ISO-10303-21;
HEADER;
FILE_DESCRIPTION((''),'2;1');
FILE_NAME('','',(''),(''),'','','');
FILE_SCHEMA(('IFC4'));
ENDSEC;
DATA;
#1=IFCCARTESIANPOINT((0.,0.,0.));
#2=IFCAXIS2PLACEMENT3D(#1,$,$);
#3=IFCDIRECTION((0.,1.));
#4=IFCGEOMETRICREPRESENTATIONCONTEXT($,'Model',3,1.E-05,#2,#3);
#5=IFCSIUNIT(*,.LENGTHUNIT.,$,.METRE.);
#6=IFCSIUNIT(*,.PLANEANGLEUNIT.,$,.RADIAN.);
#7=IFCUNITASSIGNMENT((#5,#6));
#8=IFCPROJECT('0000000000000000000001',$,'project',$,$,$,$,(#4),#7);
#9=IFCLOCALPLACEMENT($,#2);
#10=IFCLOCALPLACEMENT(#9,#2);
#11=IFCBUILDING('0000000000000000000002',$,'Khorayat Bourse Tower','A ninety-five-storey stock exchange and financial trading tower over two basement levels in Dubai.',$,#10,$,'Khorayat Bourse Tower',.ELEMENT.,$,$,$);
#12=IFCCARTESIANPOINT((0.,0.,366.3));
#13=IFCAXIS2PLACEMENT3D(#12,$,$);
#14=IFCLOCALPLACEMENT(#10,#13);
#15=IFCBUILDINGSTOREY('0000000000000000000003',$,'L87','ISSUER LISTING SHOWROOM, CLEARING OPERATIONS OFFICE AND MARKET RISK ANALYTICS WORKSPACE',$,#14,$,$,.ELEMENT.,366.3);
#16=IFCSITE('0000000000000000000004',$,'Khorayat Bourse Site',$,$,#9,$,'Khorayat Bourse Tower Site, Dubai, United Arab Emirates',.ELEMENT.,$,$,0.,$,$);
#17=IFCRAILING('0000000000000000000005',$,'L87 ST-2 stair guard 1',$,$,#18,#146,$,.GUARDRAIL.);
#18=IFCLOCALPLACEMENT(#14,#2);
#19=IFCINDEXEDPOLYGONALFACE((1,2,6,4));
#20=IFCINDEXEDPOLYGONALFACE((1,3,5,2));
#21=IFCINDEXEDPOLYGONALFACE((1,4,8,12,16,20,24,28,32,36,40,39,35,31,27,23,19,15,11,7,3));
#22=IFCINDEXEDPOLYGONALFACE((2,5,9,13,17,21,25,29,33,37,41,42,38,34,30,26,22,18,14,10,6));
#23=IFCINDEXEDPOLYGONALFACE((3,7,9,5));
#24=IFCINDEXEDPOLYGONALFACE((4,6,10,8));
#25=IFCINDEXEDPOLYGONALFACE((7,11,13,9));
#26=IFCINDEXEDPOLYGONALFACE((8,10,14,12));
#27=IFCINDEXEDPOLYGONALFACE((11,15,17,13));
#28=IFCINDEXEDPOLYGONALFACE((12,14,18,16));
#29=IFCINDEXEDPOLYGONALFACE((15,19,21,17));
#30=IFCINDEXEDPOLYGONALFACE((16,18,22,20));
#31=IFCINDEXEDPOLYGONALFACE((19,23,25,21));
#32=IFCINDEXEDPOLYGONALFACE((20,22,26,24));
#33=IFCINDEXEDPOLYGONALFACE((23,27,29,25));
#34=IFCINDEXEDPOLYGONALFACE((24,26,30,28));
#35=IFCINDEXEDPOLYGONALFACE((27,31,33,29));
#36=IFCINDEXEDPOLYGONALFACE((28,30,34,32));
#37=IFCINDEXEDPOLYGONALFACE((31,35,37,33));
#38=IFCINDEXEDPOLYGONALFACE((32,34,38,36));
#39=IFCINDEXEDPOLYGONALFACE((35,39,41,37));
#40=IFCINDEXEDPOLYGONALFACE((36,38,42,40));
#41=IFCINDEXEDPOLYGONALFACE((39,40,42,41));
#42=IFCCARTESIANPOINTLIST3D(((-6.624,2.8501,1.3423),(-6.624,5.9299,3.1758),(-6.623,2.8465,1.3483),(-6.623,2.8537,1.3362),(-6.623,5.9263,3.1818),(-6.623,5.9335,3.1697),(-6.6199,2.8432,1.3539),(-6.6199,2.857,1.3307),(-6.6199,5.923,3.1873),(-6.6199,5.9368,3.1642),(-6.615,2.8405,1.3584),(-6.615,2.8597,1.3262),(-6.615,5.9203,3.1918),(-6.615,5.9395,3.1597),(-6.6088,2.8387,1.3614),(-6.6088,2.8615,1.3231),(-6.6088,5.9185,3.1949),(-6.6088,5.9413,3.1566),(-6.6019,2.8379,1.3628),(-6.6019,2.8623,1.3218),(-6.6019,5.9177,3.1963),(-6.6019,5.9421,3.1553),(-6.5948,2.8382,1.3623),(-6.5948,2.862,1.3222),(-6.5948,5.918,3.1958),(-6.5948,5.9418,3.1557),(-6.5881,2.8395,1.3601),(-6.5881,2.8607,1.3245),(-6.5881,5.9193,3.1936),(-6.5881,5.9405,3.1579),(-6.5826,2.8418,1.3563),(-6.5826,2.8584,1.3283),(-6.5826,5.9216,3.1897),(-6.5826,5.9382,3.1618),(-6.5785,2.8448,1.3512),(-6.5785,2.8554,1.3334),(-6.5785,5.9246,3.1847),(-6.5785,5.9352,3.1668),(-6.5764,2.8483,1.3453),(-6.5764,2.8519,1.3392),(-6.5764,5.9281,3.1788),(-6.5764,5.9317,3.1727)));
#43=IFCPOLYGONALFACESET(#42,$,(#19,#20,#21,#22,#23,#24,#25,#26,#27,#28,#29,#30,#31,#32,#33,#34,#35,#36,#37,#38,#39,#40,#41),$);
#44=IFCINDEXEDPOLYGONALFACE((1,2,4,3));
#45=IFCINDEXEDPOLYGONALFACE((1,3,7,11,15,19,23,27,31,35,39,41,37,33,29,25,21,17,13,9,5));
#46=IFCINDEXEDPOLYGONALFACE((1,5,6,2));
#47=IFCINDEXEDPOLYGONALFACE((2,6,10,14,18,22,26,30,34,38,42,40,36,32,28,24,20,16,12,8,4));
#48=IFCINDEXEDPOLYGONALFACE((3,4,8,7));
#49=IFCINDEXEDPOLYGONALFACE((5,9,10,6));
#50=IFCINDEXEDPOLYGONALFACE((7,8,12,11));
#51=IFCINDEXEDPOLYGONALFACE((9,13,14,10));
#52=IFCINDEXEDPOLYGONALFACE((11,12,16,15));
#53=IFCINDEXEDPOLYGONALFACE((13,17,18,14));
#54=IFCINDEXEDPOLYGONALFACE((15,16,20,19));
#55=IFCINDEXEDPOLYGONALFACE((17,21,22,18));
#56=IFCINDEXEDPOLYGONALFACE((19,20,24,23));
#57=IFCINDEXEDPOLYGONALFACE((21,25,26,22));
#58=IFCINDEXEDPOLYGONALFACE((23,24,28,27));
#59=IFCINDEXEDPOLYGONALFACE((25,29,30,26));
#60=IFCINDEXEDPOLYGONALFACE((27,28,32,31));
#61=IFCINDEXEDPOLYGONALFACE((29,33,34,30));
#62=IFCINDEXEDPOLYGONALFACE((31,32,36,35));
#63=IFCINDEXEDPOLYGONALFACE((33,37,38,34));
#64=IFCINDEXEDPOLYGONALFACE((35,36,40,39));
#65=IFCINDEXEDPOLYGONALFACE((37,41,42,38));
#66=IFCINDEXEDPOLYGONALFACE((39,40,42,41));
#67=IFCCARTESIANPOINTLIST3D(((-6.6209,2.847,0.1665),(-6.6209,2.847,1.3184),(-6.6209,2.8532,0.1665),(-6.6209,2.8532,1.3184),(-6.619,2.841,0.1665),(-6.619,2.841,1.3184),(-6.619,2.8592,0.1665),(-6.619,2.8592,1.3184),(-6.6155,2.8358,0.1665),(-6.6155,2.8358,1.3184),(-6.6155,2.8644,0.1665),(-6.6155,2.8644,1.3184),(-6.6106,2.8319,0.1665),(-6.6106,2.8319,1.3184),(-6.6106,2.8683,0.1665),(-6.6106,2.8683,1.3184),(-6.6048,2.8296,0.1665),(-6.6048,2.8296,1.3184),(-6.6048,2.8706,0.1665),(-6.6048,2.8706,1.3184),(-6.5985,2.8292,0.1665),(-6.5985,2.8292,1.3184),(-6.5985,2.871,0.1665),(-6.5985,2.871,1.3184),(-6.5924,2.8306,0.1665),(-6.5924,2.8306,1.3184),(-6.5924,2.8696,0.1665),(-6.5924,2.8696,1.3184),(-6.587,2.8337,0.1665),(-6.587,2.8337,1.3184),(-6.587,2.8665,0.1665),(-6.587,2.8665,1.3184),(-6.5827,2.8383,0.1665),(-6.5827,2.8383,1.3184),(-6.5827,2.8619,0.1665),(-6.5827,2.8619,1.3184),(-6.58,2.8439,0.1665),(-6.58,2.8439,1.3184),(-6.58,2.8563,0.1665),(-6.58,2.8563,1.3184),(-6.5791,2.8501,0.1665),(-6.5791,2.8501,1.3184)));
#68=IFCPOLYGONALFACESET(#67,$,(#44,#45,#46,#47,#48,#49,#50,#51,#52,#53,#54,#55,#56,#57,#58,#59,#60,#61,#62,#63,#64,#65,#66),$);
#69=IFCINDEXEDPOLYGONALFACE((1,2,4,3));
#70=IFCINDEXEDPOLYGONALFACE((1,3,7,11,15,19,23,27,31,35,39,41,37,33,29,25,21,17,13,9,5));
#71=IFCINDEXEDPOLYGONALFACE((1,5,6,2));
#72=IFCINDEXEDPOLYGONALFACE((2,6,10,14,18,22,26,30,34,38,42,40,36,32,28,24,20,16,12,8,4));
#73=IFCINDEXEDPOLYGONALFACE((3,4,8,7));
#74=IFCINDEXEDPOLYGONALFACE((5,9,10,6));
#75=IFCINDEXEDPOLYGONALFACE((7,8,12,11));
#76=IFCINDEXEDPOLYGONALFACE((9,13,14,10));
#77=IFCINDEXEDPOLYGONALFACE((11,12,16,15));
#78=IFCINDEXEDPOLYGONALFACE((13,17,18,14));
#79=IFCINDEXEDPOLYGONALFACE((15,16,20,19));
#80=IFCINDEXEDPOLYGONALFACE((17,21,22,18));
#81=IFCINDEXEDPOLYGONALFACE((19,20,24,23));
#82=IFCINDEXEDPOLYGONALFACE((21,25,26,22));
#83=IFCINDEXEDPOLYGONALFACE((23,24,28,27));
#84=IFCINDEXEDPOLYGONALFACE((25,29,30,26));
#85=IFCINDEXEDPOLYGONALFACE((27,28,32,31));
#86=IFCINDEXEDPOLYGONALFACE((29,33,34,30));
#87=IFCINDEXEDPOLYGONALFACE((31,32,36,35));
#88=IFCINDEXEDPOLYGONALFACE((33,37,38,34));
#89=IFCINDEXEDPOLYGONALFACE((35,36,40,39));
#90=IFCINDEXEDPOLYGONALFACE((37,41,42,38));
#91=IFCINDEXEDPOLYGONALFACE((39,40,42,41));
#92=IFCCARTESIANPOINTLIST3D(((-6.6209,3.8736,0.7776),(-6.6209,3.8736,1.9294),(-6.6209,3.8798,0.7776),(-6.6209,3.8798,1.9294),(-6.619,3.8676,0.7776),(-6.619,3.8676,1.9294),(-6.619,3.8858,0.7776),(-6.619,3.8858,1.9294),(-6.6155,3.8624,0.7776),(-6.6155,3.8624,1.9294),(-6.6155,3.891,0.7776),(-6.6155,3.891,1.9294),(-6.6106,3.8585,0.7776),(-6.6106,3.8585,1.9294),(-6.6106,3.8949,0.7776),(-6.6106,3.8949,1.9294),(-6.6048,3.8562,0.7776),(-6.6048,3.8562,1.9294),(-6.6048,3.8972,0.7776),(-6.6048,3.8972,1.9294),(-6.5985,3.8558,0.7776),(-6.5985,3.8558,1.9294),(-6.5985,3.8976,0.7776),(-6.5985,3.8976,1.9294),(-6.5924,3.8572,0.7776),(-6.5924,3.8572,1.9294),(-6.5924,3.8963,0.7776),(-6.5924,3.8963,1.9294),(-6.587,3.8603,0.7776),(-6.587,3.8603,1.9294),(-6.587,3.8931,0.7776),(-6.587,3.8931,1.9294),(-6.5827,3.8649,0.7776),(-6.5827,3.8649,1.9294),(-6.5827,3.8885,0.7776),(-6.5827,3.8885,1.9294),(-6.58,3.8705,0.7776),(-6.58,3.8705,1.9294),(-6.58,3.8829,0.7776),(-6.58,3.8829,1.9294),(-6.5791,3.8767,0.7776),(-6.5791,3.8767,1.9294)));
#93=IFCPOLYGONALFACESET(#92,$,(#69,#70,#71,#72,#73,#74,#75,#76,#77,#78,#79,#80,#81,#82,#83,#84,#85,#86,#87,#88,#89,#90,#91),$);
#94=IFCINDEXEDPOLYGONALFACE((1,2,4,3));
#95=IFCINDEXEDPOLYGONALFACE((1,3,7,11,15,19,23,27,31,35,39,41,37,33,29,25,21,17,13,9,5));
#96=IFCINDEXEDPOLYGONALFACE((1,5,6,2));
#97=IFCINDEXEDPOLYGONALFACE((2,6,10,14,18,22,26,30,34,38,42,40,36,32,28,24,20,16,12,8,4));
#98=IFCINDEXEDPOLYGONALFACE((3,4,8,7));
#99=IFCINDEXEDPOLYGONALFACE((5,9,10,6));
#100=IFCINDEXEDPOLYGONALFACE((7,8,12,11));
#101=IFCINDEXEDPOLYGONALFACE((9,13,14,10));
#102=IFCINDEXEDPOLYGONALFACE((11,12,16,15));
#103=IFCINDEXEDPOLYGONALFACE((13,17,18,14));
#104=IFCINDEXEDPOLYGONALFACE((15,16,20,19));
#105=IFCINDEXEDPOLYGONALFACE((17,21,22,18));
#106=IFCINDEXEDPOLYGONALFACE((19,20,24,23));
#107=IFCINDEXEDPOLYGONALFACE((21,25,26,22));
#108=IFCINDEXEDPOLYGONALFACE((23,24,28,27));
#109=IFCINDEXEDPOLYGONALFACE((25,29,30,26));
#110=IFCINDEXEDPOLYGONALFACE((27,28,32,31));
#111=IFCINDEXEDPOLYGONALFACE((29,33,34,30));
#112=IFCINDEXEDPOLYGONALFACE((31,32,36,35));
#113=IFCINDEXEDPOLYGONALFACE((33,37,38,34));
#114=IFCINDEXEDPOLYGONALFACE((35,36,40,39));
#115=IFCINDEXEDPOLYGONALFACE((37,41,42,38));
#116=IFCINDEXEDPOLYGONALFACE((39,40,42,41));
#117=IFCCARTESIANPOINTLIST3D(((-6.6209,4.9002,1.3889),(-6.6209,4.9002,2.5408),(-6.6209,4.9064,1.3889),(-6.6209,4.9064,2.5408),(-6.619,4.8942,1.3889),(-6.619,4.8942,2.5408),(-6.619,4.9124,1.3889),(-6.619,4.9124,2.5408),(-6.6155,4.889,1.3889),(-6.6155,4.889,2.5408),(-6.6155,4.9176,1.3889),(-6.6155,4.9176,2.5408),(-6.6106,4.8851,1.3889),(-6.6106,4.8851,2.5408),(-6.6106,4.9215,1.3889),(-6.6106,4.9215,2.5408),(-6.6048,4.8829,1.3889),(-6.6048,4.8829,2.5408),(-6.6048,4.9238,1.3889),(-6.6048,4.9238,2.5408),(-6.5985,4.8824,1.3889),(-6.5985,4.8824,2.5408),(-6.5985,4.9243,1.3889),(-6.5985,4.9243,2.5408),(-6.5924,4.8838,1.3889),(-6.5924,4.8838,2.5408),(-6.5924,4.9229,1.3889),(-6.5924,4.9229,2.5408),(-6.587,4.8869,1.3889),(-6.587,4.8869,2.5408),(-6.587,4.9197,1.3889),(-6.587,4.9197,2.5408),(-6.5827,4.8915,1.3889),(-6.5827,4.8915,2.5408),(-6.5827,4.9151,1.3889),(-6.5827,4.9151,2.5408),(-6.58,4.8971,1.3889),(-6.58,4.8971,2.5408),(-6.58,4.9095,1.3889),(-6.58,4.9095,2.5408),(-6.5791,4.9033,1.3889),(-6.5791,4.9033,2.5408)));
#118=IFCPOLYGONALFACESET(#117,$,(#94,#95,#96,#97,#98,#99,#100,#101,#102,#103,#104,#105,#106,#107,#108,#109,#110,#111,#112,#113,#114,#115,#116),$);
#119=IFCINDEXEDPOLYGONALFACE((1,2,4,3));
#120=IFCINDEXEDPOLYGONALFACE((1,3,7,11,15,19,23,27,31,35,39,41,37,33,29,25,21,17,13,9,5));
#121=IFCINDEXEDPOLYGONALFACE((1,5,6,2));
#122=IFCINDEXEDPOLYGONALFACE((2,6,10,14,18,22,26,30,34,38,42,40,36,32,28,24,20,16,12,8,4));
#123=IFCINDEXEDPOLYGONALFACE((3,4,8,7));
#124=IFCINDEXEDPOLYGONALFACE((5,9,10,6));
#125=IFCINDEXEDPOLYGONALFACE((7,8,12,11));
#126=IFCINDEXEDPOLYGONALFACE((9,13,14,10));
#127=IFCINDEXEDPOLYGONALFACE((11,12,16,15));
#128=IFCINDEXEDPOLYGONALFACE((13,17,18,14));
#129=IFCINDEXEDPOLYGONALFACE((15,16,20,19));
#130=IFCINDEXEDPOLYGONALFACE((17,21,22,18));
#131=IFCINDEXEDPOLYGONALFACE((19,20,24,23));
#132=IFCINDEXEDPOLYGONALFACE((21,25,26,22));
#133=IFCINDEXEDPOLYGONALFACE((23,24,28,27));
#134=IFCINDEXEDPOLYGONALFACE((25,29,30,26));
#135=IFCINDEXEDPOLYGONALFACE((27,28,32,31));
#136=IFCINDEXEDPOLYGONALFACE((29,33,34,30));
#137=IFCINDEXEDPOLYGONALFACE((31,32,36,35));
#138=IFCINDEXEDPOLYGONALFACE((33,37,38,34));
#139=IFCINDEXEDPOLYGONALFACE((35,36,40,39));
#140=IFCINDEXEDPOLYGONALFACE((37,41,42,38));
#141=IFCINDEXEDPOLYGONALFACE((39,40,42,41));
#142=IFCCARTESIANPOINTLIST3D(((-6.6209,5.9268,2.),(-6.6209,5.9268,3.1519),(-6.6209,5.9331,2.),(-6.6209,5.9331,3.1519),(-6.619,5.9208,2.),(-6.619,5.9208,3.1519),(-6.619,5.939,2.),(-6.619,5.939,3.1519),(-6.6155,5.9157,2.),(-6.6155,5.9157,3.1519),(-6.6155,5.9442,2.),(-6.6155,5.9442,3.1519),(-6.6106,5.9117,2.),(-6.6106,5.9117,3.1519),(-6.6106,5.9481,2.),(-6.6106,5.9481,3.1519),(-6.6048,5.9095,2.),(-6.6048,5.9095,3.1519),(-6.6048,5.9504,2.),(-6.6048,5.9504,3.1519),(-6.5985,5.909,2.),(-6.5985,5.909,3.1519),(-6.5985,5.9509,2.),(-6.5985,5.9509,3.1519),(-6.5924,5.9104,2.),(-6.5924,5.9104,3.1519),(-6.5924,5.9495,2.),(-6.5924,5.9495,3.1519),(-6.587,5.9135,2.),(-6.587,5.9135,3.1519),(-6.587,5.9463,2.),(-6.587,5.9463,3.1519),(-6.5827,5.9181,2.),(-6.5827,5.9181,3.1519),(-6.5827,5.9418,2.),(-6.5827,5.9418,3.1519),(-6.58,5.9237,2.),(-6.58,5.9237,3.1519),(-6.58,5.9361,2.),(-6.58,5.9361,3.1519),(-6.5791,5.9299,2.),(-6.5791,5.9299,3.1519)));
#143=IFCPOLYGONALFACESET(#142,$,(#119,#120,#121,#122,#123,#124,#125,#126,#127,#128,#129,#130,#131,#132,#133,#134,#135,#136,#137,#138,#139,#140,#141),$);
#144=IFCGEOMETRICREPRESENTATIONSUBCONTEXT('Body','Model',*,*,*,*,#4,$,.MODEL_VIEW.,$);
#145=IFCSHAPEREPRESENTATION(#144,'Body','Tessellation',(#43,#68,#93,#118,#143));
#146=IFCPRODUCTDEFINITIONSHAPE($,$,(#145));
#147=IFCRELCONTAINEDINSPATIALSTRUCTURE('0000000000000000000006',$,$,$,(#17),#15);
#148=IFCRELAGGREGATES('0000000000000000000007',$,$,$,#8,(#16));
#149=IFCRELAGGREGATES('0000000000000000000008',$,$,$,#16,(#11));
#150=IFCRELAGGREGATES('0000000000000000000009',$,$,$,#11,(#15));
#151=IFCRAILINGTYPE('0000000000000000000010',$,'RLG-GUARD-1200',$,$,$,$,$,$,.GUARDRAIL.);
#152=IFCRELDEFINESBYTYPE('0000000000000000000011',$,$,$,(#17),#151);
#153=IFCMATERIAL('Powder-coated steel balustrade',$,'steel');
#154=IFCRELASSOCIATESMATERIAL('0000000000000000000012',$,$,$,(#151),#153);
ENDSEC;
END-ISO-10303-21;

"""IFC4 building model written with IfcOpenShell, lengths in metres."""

from ifc_helpers import new_model, si_unit, direction, frame, origin, origin_2d, place, context, subcontext, project, spatial, circle, extrude, source, transform, mapped, material, type_object, element, save


model = new_model("IFC4")

# Units and contexts
model_context = context("Model", 3, precision=1e-05, world=origin(), true_north=direction((0.0, 1.0)))
body_context = subcontext(model_context, "Body", "Model", "MODEL_VIEW")
ifc_project = project(units=[si_unit("LENGTHUNIT", "METRE"), si_unit("PLANEANGLEUNIT", "RADIAN")], contexts=[model_context])

# Site, building, storey
site_placement = place(None, origin())
site = spatial("IfcSite", under=ifc_project, at=site_placement, Name="Khorayat Bourse Site", LongName="Khorayat Bourse Tower Site, Dubai, United Arab Emirates", CompositionType="ELEMENT", RefElevation=0.0)
building_placement = place(site_placement, origin())
building = spatial("IfcBuilding", under=site, at=building_placement, Name="Khorayat Bourse Tower", Description="A ninety-five-storey stock exchange and financial trading tower over two basement levels in Dubai.", LongName="Khorayat Bourse Tower", CompositionType="ELEMENT")
storey_placement = place(building_placement, frame((0.0, 0.0, 366.3)))
storey = spatial("IfcBuildingStorey", under=building, at=storey_placement, Name="L87", Description="ISSUER LISTING SHOWROOM, CLEARING OPERATIONS OFFICE AND MARKET RISK ANALYTICS WORKSPACE", CompositionType="ELEMENT", Elevation=366.3)

# Railing
ifc_material_1 = material(Name="Powder-coated steel balustrade", Category="steel")
railing_type_1 = type_object("IfcRailingType", Name="RLG-GUARD-1200", PredefinedType="GUARDRAIL", material=ifc_material_1)
shared_shape_1 = source(origin(), body_context, "Body", "SweptSolid", [
    extrude(circle(Radius=0.0239, at=origin_2d()), frame((0.0, 0.0, 1.1758), z_axis=(0.0, 0.859261, 0.511538), x_axis=(-1.0, 0.0, 0.0)), (0.0, 0.0, 1.0), 3.5842),
    extrude(circle(Radius=0.021, at=origin_2d()), origin(), (0.0, 0.0, 1.0), 1.1519),
    extrude(circle(Radius=0.021, at=origin_2d()), frame((0.0, 1.0266, 0.6111)), (0.0, 0.0, 1.0), 1.1519),
    extrude(circle(Radius=0.021, at=origin_2d()), frame((0.0, 2.0532, 1.2224)), (0.0, 0.0, 1.0), 1.1519),
    extrude(circle(Radius=0.021, at=origin_2d()), frame((0.0, 3.0798, 1.8335)), (0.0, 0.0, 1.0), 1.1519),
])
railing_1_placement = place(storey_placement, frame((-6.6001, 2.8501, 0.1665)))
element("IfcRailing", 1, at=railing_1_placement, inside=storey, type_object=railing_type_1, Name="L87 ST-2 stair guard 1", PredefinedType="GUARDRAIL", context=body_context, shape_type="MappedRepresentation", body=[
    mapped(shared_shape_1, transform((0.0, 0.0, 0.0), scale=1.0)),
])

save(model, "model.ifc")
